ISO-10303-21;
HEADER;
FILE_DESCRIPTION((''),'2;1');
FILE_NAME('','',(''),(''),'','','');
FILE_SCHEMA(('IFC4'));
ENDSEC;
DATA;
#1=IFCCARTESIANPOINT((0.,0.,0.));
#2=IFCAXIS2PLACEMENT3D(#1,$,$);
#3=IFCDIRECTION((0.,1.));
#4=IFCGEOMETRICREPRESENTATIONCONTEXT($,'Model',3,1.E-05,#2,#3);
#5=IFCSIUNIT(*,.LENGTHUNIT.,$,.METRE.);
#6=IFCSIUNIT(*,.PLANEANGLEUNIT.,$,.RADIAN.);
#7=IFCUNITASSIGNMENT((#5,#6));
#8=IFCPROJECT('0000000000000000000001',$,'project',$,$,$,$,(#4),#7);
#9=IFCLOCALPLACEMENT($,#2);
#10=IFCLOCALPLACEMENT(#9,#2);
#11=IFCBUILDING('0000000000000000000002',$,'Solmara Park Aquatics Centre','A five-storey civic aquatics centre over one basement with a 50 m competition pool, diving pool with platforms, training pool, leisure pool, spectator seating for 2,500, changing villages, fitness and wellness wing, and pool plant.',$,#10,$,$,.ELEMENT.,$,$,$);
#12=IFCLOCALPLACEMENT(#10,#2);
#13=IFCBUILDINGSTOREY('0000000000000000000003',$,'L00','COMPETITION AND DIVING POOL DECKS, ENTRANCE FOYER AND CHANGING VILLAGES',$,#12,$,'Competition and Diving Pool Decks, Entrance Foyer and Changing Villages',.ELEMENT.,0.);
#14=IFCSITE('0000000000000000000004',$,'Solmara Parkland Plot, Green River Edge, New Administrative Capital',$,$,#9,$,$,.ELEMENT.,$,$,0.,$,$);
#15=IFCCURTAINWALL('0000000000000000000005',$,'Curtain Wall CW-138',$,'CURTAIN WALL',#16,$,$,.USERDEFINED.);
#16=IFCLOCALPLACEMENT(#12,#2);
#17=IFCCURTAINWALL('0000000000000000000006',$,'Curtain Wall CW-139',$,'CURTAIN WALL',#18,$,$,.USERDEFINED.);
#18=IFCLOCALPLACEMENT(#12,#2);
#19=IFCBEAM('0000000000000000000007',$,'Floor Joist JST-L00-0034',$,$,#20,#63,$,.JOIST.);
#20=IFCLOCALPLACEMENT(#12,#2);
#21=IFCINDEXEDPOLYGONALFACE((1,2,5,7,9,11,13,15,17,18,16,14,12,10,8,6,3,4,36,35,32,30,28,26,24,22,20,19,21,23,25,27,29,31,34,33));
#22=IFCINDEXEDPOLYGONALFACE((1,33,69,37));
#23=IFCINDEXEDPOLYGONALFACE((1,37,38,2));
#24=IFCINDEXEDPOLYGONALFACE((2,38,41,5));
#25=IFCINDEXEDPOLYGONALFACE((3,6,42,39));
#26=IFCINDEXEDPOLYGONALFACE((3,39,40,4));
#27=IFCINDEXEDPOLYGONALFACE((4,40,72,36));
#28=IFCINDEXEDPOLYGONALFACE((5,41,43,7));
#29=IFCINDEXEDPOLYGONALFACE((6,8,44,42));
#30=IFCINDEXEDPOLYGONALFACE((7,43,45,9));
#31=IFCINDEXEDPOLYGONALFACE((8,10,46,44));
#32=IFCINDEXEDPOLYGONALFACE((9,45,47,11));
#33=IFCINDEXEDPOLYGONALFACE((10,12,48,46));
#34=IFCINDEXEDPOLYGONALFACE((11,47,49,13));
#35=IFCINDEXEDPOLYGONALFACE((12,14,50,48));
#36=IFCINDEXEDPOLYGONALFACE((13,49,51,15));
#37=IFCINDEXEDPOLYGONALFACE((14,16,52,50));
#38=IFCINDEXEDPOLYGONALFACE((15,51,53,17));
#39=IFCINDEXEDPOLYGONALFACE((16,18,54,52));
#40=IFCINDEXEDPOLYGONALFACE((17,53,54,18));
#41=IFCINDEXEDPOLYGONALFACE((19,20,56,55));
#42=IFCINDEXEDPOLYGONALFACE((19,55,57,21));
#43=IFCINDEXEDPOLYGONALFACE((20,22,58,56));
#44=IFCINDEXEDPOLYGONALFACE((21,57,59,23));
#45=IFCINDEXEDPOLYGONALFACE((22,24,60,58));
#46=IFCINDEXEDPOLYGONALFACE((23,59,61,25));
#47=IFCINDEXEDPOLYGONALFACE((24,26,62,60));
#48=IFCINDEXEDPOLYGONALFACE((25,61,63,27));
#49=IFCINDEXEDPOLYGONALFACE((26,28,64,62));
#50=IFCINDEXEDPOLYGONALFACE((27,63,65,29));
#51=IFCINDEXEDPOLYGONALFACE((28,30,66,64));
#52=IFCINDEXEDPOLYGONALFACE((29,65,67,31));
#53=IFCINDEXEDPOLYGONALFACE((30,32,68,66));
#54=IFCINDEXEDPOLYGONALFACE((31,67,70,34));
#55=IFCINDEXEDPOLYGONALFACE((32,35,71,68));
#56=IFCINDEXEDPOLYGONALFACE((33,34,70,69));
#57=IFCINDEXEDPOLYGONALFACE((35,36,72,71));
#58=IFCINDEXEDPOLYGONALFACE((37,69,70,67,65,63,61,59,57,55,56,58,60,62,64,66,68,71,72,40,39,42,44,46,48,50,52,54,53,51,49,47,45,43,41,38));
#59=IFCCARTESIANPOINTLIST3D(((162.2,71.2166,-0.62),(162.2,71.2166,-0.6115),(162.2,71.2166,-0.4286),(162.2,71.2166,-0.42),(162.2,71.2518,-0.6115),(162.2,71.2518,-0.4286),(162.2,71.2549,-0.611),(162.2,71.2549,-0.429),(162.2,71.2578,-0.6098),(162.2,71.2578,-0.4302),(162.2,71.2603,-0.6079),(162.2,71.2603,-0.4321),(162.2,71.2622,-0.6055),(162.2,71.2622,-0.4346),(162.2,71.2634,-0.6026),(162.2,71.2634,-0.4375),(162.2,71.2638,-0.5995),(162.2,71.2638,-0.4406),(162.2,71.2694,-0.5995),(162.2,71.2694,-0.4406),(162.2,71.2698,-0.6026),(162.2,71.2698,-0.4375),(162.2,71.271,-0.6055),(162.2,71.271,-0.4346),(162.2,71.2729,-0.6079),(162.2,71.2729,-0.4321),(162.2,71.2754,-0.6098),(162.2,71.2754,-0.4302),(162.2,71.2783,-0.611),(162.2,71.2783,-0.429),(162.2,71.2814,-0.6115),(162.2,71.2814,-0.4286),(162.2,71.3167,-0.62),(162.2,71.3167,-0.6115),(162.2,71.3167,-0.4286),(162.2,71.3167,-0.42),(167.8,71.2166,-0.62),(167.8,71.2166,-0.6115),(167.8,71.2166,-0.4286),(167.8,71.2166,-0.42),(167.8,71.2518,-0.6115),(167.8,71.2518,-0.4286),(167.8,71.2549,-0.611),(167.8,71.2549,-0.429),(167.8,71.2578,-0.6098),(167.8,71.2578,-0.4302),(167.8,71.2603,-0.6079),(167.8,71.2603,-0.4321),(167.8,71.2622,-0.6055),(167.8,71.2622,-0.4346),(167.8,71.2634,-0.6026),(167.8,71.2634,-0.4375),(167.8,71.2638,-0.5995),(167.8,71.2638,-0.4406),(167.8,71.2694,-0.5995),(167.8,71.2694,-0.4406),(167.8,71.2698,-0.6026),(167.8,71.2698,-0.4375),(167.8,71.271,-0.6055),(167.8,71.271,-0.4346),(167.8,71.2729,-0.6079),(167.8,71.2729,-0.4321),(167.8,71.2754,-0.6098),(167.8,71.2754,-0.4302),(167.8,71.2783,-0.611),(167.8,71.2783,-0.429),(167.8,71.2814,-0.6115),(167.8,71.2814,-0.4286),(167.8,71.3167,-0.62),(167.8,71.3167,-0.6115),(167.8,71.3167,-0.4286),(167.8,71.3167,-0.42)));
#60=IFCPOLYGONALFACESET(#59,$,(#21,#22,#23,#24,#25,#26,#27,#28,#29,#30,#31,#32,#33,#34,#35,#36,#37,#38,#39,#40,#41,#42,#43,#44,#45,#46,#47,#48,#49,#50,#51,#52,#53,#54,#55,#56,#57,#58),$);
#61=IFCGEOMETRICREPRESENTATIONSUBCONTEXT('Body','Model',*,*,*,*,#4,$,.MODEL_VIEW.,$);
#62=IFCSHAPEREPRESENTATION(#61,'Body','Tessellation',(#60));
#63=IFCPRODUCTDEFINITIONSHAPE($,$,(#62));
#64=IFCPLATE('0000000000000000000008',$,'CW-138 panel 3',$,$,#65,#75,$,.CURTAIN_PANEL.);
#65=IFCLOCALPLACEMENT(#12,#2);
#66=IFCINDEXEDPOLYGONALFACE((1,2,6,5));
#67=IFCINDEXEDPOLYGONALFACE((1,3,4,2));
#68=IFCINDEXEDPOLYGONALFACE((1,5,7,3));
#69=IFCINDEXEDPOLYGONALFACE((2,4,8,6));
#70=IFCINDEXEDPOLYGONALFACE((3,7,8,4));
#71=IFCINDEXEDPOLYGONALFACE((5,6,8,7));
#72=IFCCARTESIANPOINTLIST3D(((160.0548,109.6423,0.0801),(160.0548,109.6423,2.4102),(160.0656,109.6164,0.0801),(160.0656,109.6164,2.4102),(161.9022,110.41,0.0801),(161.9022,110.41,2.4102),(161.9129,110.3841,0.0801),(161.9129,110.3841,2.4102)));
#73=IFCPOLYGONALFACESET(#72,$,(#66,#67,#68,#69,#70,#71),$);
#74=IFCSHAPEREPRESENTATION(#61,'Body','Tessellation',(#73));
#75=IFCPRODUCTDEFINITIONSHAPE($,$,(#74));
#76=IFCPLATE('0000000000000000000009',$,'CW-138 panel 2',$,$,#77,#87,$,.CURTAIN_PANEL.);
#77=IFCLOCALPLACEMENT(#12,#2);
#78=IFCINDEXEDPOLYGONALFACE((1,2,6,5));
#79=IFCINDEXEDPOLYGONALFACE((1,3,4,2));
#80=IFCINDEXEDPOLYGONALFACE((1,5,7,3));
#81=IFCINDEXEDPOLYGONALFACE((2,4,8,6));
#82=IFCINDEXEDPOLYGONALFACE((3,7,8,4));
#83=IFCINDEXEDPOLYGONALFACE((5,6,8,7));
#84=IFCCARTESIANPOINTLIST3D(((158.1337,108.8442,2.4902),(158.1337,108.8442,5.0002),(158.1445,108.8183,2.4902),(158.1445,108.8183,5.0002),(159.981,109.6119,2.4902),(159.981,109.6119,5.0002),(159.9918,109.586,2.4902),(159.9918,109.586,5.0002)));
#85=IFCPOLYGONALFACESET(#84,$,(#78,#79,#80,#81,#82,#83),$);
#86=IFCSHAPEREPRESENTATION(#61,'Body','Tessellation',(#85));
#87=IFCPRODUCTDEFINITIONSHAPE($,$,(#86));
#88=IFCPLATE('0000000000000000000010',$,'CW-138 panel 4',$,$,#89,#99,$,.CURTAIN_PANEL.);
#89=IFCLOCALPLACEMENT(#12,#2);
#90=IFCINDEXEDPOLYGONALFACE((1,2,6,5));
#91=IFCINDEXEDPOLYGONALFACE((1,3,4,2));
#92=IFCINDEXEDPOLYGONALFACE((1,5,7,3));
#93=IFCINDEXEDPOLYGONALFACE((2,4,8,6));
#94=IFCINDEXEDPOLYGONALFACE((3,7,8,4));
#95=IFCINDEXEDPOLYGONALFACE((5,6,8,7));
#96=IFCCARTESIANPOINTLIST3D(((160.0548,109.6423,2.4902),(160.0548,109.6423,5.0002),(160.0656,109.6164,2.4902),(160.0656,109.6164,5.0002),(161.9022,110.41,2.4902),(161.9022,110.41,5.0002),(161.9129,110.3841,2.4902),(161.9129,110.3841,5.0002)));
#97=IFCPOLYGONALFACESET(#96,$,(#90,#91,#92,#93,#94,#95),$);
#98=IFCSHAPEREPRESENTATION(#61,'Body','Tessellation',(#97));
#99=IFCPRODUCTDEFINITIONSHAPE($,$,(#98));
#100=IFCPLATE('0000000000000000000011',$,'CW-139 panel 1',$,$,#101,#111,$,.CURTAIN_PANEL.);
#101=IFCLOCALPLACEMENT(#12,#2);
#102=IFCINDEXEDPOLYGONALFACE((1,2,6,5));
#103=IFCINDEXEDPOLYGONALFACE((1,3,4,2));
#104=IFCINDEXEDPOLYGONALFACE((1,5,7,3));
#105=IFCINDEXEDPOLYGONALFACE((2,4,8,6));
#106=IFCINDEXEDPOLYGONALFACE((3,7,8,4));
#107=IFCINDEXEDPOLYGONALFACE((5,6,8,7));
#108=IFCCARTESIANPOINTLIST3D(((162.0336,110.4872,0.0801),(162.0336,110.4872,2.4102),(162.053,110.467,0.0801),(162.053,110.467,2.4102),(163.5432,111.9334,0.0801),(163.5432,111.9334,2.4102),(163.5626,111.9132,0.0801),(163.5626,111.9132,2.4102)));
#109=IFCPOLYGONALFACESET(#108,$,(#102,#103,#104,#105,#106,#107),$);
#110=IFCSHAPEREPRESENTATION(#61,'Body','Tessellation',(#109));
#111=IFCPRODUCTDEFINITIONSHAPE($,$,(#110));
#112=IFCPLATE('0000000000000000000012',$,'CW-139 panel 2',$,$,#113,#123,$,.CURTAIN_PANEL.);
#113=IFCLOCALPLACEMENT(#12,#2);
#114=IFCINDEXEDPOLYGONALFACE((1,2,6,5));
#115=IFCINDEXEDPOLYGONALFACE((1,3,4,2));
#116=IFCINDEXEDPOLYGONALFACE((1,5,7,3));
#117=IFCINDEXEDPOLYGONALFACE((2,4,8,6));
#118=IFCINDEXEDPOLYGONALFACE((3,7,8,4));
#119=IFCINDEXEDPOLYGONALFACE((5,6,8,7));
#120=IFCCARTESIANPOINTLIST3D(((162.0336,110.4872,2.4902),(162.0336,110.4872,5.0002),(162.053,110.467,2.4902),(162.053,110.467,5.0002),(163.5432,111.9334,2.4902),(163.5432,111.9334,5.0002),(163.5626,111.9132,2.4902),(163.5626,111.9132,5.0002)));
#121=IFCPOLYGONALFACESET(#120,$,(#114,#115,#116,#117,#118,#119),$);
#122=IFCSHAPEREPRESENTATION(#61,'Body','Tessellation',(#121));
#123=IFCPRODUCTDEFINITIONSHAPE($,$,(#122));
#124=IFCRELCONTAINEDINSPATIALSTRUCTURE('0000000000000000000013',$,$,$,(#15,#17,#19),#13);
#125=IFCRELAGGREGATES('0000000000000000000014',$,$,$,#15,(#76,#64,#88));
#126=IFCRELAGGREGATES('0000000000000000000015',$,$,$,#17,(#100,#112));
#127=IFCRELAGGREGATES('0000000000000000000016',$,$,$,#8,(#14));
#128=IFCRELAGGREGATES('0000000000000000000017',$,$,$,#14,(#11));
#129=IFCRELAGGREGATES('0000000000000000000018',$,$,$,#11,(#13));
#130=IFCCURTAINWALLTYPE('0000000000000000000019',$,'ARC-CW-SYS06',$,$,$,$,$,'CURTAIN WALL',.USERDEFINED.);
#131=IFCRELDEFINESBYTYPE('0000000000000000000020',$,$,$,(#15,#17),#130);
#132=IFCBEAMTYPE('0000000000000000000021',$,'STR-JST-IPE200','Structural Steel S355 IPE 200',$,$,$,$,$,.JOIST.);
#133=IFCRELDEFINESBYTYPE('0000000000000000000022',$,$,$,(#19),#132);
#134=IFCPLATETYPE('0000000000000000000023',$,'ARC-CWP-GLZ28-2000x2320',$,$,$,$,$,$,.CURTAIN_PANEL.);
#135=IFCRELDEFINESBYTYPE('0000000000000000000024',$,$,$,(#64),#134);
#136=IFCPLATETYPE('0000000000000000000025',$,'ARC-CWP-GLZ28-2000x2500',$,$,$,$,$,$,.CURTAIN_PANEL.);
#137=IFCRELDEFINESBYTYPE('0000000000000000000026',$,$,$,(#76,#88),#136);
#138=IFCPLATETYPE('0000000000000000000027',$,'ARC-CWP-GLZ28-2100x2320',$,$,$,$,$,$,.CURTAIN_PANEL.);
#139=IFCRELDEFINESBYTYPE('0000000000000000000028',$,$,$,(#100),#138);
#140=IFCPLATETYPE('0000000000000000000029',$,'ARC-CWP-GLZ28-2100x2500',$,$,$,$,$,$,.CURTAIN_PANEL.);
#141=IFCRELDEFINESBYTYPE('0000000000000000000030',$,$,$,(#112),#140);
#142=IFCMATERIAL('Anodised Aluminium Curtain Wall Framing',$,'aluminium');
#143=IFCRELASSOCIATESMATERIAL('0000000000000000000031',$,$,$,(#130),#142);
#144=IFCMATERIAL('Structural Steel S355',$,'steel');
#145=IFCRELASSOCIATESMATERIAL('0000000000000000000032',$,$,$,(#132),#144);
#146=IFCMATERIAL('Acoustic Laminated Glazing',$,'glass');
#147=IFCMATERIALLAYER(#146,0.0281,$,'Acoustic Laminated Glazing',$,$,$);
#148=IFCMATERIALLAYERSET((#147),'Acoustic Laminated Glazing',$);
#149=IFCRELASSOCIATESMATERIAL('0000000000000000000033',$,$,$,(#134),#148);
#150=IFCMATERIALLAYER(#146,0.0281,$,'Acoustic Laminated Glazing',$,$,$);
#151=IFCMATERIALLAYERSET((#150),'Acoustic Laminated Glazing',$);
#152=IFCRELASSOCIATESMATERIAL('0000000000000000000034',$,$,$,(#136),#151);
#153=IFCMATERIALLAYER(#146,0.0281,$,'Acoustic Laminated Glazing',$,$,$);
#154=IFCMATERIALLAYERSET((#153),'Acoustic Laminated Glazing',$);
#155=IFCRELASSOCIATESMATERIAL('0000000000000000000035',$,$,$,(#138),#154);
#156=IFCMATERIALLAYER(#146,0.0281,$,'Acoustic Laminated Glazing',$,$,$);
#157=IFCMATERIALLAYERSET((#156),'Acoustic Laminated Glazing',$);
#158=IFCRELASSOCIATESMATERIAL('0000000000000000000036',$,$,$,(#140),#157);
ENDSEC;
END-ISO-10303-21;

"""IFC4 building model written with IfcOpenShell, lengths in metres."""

from ifc_helpers import new_model, si_unit, direction, frame, origin, origin_2d, place, context, subcontext, project, spatial, rectangle, i_section, extrude, material, layer, layer_set, material_profile, profile_set, type_object, element, aggregate, save


model = new_model("IFC4")

# Units and contexts
model_context = context("Model", 3, precision=1e-05, world=origin(), true_north=direction((0.0, 1.0)))
body_context = subcontext(model_context, "Body", "Model", "MODEL_VIEW")
ifc_project = project(units=[si_unit("LENGTHUNIT", "METRE"), si_unit("PLANEANGLEUNIT", "RADIAN")], contexts=[model_context])

# Site, building, storey
site_placement = place(None, origin())
site = spatial("IfcSite", under=ifc_project, at=site_placement, Name="Solmara Parkland Plot, Green River Edge, New Administrative Capital", CompositionType="ELEMENT", RefElevation=0.0)
building_placement = place(site_placement, origin())
building = spatial("IfcBuilding", under=site, at=building_placement, Name="Solmara Park Aquatics Centre", Description="A five-storey civic aquatics centre over one basement with a 50 m competition pool, diving pool with platforms, training pool, leisure pool, spectator seating for 2,500, changing villages, fitness and wellness wing, and pool plant.", CompositionType="ELEMENT")
storey_placement = place(building_placement, origin())
storey = spatial("IfcBuildingStorey", under=building, at=storey_placement, Name="L00", Description="COMPETITION AND DIVING POOL DECKS, ENTRANCE FOYER AND CHANGING VILLAGES", LongName="Competition and Diving Pool Decks, Entrance Foyer and Changing Villages", CompositionType="ELEMENT", Elevation=0.0)

# Curtain wall
ifc_material_1 = material(Name="Anodised Aluminium Curtain Wall Framing", Category="aluminium")
curtain_wall_type = type_object("IfcCurtainWallType", Name="ARC-CW-SYS06", ElementType="CURTAIN WALL", PredefinedType="USERDEFINED", material=ifc_material_1)
curtain_wall_1_placement = place(storey_placement, origin())
curtain_wall_1 = element("IfcCurtainWall", 1, at=curtain_wall_1_placement, inside=storey, type_object=curtain_wall_type, Name="Curtain Wall CW-138", ObjectType="CURTAIN WALL", PredefinedType="USERDEFINED")

# Curtain wall
curtain_wall_2_placement = place(storey_placement, origin())
curtain_wall_2 = element("IfcCurtainWall", 2, at=curtain_wall_2_placement, inside=storey, type_object=curtain_wall_type, Name="Curtain Wall CW-139", ObjectType="CURTAIN WALL", PredefinedType="USERDEFINED")

# Beam
ifc_material_2 = material(Name="Structural Steel S355", Category="steel")
ifc_material_profile_1 = material_profile(ifc_material_2, i_section(OverallWidth=0.1001, OverallDepth=0.2, WebThickness=0.0056, FlangeThickness=0.0085, FilletRadius=0.012, at=origin_2d()), Name="IPE 200")
ifc_profile_set_1 = profile_set([ifc_material_profile_1], Name="Structural Steel S355")
beam_type_1 = type_object("IfcBeamType", Name="STR-JST-IPE200", Description="Structural Steel S355 IPE 200", PredefinedType="JOIST", material=ifc_profile_set_1)
beam_1_placement = place(storey_placement, frame((162.2, 71.2666, -0.52), z_axis=(1.0, 0.0, 0.0), x_axis=(0.0, 1.0, 0.0)))
element("IfcBeam", 3, at=beam_1_placement, inside=storey, type_object=beam_type_1, Name="Floor Joist JST-L00-0034", PredefinedType="JOIST", context=body_context, shape_type="SweptSolid", body=[
    extrude(i_section(OverallWidth=0.1001, OverallDepth=0.2, WebThickness=0.0056, FlangeThickness=0.0085, FilletRadius=0.012, at=origin_2d()), origin(), (0.0, 0.0, 1.0), 5.6001),
])

# Plates
ifc_material_3 = material(Name="Acoustic Laminated Glazing", Category="glass")
ifc_layer_1 = layer(ifc_material_3, 0.0281, Name="Acoustic Laminated Glazing")
ifc_layer_set_1 = layer_set([ifc_layer_1], Name="Acoustic Laminated Glazing")
plate_type_1 = type_object("IfcPlateType", Name="ARC-CWP-GLZ28-2000x2320", PredefinedType="CURTAIN_PANEL", material=ifc_layer_set_1)
plate_1_placement = place(storey_placement, frame((160.9839, 110.0132, 0.0801), z_axis=(0.0, 0.0, 1.0), x_axis=(0.923441, 0.383741, 0.0)))
plate_1 = element("IfcPlate", 4, at=plate_1_placement, type_object=plate_type_1, Name="CW-138 panel 3", PredefinedType="CURTAIN_PANEL", context=body_context, shape_type="SweptSolid", body=[
    extrude(rectangle(XDim=2.0005, YDim=0.0281, at=origin_2d()), origin(), (0.0, 0.0, 1.0), 2.3301),
])
ifc_layer_2 = layer(ifc_material_3, 0.0281, Name="Acoustic Laminated Glazing")
ifc_layer_set_2 = layer_set([ifc_layer_2], Name="Acoustic Laminated Glazing")
plate_type_2 = type_object("IfcPlateType", Name="ARC-CWP-GLZ28-2000x2500", PredefinedType="CURTAIN_PANEL", material=ifc_layer_set_2)
plate_2_placement = place(storey_placement, frame((159.0627, 109.2151, 2.4902), z_axis=(0.0, 0.0, 1.0), x_axis=(0.923441, 0.383741, 0.0)))
plate_2 = element("IfcPlate", 5, at=plate_2_placement, type_object=plate_type_2, Name="CW-138 panel 2", PredefinedType="CURTAIN_PANEL", context=body_context, shape_type="SweptSolid", body=[
    extrude(rectangle(XDim=2.0005, YDim=0.0281, at=origin_2d()), origin(), (0.0, 0.0, 1.0), 2.51),
])
plate_3_placement = place(storey_placement, frame((160.9839, 110.0132, 2.4902), z_axis=(0.0, 0.0, 1.0), x_axis=(0.923441, 0.383741, 0.0)))
plate_3 = element("IfcPlate", 6, at=plate_3_placement, type_object=plate_type_2, Name="CW-138 panel 4", PredefinedType="CURTAIN_PANEL", context=body_context, shape_type="SweptSolid", body=[
    extrude(rectangle(XDim=2.0005, YDim=0.0281, at=origin_2d()), origin(), (0.0, 0.0, 1.0), 2.51),
])
aggregate(curtain_wall_1, [plate_2, plate_1, plate_3])
ifc_layer_3 = layer(ifc_material_3, 0.0281, Name="Acoustic Laminated Glazing")
ifc_layer_set_3 = layer_set([ifc_layer_3], Name="Acoustic Laminated Glazing")
plate_type_3 = type_object("IfcPlateType", Name="ARC-CWP-GLZ28-2100x2320", PredefinedType="CURTAIN_PANEL", material=ifc_layer_set_3)
plate_4_placement = place(storey_placement, frame((162.7981, 111.2002, 0.0801), z_axis=(0.0, 0.0, 1.0), x_axis=(0.722121, 0.691766, 0.0)))
plate_4 = element("IfcPlate", 7, at=plate_4_placement, type_object=plate_type_3, Name="CW-139 panel 1", PredefinedType="CURTAIN_PANEL", context=body_context, shape_type="SweptSolid", body=[
    extrude(rectangle(XDim=2.0906, YDim=0.0281, at=origin_2d()), origin(), (0.0, 0.0, 1.0), 2.3301),
])
ifc_layer_4 = layer(ifc_material_3, 0.0281, Name="Acoustic Laminated Glazing")
ifc_layer_set_4 = layer_set([ifc_layer_4], Name="Acoustic Laminated Glazing")
plate_type_4 = type_object("IfcPlateType", Name="ARC-CWP-GLZ28-2100x2500", PredefinedType="CURTAIN_PANEL", material=ifc_layer_set_4)
plate_5_placement = place(storey_placement, frame((162.7981, 111.2002, 2.4902), z_axis=(0.0, 0.0, 1.0), x_axis=(0.722121, 0.691766, 0.0)))
plate_5 = element("IfcPlate", 8, at=plate_5_placement, type_object=plate_type_4, Name="CW-139 panel 2", PredefinedType="CURTAIN_PANEL", context=body_context, shape_type="SweptSolid", body=[
    extrude(rectangle(XDim=2.0906, YDim=0.0281, at=origin_2d()), origin(), (0.0, 0.0, 1.0), 2.51),
])
aggregate(curtain_wall_2, [plate_4, plate_5])

save(model, "model.ifc")
